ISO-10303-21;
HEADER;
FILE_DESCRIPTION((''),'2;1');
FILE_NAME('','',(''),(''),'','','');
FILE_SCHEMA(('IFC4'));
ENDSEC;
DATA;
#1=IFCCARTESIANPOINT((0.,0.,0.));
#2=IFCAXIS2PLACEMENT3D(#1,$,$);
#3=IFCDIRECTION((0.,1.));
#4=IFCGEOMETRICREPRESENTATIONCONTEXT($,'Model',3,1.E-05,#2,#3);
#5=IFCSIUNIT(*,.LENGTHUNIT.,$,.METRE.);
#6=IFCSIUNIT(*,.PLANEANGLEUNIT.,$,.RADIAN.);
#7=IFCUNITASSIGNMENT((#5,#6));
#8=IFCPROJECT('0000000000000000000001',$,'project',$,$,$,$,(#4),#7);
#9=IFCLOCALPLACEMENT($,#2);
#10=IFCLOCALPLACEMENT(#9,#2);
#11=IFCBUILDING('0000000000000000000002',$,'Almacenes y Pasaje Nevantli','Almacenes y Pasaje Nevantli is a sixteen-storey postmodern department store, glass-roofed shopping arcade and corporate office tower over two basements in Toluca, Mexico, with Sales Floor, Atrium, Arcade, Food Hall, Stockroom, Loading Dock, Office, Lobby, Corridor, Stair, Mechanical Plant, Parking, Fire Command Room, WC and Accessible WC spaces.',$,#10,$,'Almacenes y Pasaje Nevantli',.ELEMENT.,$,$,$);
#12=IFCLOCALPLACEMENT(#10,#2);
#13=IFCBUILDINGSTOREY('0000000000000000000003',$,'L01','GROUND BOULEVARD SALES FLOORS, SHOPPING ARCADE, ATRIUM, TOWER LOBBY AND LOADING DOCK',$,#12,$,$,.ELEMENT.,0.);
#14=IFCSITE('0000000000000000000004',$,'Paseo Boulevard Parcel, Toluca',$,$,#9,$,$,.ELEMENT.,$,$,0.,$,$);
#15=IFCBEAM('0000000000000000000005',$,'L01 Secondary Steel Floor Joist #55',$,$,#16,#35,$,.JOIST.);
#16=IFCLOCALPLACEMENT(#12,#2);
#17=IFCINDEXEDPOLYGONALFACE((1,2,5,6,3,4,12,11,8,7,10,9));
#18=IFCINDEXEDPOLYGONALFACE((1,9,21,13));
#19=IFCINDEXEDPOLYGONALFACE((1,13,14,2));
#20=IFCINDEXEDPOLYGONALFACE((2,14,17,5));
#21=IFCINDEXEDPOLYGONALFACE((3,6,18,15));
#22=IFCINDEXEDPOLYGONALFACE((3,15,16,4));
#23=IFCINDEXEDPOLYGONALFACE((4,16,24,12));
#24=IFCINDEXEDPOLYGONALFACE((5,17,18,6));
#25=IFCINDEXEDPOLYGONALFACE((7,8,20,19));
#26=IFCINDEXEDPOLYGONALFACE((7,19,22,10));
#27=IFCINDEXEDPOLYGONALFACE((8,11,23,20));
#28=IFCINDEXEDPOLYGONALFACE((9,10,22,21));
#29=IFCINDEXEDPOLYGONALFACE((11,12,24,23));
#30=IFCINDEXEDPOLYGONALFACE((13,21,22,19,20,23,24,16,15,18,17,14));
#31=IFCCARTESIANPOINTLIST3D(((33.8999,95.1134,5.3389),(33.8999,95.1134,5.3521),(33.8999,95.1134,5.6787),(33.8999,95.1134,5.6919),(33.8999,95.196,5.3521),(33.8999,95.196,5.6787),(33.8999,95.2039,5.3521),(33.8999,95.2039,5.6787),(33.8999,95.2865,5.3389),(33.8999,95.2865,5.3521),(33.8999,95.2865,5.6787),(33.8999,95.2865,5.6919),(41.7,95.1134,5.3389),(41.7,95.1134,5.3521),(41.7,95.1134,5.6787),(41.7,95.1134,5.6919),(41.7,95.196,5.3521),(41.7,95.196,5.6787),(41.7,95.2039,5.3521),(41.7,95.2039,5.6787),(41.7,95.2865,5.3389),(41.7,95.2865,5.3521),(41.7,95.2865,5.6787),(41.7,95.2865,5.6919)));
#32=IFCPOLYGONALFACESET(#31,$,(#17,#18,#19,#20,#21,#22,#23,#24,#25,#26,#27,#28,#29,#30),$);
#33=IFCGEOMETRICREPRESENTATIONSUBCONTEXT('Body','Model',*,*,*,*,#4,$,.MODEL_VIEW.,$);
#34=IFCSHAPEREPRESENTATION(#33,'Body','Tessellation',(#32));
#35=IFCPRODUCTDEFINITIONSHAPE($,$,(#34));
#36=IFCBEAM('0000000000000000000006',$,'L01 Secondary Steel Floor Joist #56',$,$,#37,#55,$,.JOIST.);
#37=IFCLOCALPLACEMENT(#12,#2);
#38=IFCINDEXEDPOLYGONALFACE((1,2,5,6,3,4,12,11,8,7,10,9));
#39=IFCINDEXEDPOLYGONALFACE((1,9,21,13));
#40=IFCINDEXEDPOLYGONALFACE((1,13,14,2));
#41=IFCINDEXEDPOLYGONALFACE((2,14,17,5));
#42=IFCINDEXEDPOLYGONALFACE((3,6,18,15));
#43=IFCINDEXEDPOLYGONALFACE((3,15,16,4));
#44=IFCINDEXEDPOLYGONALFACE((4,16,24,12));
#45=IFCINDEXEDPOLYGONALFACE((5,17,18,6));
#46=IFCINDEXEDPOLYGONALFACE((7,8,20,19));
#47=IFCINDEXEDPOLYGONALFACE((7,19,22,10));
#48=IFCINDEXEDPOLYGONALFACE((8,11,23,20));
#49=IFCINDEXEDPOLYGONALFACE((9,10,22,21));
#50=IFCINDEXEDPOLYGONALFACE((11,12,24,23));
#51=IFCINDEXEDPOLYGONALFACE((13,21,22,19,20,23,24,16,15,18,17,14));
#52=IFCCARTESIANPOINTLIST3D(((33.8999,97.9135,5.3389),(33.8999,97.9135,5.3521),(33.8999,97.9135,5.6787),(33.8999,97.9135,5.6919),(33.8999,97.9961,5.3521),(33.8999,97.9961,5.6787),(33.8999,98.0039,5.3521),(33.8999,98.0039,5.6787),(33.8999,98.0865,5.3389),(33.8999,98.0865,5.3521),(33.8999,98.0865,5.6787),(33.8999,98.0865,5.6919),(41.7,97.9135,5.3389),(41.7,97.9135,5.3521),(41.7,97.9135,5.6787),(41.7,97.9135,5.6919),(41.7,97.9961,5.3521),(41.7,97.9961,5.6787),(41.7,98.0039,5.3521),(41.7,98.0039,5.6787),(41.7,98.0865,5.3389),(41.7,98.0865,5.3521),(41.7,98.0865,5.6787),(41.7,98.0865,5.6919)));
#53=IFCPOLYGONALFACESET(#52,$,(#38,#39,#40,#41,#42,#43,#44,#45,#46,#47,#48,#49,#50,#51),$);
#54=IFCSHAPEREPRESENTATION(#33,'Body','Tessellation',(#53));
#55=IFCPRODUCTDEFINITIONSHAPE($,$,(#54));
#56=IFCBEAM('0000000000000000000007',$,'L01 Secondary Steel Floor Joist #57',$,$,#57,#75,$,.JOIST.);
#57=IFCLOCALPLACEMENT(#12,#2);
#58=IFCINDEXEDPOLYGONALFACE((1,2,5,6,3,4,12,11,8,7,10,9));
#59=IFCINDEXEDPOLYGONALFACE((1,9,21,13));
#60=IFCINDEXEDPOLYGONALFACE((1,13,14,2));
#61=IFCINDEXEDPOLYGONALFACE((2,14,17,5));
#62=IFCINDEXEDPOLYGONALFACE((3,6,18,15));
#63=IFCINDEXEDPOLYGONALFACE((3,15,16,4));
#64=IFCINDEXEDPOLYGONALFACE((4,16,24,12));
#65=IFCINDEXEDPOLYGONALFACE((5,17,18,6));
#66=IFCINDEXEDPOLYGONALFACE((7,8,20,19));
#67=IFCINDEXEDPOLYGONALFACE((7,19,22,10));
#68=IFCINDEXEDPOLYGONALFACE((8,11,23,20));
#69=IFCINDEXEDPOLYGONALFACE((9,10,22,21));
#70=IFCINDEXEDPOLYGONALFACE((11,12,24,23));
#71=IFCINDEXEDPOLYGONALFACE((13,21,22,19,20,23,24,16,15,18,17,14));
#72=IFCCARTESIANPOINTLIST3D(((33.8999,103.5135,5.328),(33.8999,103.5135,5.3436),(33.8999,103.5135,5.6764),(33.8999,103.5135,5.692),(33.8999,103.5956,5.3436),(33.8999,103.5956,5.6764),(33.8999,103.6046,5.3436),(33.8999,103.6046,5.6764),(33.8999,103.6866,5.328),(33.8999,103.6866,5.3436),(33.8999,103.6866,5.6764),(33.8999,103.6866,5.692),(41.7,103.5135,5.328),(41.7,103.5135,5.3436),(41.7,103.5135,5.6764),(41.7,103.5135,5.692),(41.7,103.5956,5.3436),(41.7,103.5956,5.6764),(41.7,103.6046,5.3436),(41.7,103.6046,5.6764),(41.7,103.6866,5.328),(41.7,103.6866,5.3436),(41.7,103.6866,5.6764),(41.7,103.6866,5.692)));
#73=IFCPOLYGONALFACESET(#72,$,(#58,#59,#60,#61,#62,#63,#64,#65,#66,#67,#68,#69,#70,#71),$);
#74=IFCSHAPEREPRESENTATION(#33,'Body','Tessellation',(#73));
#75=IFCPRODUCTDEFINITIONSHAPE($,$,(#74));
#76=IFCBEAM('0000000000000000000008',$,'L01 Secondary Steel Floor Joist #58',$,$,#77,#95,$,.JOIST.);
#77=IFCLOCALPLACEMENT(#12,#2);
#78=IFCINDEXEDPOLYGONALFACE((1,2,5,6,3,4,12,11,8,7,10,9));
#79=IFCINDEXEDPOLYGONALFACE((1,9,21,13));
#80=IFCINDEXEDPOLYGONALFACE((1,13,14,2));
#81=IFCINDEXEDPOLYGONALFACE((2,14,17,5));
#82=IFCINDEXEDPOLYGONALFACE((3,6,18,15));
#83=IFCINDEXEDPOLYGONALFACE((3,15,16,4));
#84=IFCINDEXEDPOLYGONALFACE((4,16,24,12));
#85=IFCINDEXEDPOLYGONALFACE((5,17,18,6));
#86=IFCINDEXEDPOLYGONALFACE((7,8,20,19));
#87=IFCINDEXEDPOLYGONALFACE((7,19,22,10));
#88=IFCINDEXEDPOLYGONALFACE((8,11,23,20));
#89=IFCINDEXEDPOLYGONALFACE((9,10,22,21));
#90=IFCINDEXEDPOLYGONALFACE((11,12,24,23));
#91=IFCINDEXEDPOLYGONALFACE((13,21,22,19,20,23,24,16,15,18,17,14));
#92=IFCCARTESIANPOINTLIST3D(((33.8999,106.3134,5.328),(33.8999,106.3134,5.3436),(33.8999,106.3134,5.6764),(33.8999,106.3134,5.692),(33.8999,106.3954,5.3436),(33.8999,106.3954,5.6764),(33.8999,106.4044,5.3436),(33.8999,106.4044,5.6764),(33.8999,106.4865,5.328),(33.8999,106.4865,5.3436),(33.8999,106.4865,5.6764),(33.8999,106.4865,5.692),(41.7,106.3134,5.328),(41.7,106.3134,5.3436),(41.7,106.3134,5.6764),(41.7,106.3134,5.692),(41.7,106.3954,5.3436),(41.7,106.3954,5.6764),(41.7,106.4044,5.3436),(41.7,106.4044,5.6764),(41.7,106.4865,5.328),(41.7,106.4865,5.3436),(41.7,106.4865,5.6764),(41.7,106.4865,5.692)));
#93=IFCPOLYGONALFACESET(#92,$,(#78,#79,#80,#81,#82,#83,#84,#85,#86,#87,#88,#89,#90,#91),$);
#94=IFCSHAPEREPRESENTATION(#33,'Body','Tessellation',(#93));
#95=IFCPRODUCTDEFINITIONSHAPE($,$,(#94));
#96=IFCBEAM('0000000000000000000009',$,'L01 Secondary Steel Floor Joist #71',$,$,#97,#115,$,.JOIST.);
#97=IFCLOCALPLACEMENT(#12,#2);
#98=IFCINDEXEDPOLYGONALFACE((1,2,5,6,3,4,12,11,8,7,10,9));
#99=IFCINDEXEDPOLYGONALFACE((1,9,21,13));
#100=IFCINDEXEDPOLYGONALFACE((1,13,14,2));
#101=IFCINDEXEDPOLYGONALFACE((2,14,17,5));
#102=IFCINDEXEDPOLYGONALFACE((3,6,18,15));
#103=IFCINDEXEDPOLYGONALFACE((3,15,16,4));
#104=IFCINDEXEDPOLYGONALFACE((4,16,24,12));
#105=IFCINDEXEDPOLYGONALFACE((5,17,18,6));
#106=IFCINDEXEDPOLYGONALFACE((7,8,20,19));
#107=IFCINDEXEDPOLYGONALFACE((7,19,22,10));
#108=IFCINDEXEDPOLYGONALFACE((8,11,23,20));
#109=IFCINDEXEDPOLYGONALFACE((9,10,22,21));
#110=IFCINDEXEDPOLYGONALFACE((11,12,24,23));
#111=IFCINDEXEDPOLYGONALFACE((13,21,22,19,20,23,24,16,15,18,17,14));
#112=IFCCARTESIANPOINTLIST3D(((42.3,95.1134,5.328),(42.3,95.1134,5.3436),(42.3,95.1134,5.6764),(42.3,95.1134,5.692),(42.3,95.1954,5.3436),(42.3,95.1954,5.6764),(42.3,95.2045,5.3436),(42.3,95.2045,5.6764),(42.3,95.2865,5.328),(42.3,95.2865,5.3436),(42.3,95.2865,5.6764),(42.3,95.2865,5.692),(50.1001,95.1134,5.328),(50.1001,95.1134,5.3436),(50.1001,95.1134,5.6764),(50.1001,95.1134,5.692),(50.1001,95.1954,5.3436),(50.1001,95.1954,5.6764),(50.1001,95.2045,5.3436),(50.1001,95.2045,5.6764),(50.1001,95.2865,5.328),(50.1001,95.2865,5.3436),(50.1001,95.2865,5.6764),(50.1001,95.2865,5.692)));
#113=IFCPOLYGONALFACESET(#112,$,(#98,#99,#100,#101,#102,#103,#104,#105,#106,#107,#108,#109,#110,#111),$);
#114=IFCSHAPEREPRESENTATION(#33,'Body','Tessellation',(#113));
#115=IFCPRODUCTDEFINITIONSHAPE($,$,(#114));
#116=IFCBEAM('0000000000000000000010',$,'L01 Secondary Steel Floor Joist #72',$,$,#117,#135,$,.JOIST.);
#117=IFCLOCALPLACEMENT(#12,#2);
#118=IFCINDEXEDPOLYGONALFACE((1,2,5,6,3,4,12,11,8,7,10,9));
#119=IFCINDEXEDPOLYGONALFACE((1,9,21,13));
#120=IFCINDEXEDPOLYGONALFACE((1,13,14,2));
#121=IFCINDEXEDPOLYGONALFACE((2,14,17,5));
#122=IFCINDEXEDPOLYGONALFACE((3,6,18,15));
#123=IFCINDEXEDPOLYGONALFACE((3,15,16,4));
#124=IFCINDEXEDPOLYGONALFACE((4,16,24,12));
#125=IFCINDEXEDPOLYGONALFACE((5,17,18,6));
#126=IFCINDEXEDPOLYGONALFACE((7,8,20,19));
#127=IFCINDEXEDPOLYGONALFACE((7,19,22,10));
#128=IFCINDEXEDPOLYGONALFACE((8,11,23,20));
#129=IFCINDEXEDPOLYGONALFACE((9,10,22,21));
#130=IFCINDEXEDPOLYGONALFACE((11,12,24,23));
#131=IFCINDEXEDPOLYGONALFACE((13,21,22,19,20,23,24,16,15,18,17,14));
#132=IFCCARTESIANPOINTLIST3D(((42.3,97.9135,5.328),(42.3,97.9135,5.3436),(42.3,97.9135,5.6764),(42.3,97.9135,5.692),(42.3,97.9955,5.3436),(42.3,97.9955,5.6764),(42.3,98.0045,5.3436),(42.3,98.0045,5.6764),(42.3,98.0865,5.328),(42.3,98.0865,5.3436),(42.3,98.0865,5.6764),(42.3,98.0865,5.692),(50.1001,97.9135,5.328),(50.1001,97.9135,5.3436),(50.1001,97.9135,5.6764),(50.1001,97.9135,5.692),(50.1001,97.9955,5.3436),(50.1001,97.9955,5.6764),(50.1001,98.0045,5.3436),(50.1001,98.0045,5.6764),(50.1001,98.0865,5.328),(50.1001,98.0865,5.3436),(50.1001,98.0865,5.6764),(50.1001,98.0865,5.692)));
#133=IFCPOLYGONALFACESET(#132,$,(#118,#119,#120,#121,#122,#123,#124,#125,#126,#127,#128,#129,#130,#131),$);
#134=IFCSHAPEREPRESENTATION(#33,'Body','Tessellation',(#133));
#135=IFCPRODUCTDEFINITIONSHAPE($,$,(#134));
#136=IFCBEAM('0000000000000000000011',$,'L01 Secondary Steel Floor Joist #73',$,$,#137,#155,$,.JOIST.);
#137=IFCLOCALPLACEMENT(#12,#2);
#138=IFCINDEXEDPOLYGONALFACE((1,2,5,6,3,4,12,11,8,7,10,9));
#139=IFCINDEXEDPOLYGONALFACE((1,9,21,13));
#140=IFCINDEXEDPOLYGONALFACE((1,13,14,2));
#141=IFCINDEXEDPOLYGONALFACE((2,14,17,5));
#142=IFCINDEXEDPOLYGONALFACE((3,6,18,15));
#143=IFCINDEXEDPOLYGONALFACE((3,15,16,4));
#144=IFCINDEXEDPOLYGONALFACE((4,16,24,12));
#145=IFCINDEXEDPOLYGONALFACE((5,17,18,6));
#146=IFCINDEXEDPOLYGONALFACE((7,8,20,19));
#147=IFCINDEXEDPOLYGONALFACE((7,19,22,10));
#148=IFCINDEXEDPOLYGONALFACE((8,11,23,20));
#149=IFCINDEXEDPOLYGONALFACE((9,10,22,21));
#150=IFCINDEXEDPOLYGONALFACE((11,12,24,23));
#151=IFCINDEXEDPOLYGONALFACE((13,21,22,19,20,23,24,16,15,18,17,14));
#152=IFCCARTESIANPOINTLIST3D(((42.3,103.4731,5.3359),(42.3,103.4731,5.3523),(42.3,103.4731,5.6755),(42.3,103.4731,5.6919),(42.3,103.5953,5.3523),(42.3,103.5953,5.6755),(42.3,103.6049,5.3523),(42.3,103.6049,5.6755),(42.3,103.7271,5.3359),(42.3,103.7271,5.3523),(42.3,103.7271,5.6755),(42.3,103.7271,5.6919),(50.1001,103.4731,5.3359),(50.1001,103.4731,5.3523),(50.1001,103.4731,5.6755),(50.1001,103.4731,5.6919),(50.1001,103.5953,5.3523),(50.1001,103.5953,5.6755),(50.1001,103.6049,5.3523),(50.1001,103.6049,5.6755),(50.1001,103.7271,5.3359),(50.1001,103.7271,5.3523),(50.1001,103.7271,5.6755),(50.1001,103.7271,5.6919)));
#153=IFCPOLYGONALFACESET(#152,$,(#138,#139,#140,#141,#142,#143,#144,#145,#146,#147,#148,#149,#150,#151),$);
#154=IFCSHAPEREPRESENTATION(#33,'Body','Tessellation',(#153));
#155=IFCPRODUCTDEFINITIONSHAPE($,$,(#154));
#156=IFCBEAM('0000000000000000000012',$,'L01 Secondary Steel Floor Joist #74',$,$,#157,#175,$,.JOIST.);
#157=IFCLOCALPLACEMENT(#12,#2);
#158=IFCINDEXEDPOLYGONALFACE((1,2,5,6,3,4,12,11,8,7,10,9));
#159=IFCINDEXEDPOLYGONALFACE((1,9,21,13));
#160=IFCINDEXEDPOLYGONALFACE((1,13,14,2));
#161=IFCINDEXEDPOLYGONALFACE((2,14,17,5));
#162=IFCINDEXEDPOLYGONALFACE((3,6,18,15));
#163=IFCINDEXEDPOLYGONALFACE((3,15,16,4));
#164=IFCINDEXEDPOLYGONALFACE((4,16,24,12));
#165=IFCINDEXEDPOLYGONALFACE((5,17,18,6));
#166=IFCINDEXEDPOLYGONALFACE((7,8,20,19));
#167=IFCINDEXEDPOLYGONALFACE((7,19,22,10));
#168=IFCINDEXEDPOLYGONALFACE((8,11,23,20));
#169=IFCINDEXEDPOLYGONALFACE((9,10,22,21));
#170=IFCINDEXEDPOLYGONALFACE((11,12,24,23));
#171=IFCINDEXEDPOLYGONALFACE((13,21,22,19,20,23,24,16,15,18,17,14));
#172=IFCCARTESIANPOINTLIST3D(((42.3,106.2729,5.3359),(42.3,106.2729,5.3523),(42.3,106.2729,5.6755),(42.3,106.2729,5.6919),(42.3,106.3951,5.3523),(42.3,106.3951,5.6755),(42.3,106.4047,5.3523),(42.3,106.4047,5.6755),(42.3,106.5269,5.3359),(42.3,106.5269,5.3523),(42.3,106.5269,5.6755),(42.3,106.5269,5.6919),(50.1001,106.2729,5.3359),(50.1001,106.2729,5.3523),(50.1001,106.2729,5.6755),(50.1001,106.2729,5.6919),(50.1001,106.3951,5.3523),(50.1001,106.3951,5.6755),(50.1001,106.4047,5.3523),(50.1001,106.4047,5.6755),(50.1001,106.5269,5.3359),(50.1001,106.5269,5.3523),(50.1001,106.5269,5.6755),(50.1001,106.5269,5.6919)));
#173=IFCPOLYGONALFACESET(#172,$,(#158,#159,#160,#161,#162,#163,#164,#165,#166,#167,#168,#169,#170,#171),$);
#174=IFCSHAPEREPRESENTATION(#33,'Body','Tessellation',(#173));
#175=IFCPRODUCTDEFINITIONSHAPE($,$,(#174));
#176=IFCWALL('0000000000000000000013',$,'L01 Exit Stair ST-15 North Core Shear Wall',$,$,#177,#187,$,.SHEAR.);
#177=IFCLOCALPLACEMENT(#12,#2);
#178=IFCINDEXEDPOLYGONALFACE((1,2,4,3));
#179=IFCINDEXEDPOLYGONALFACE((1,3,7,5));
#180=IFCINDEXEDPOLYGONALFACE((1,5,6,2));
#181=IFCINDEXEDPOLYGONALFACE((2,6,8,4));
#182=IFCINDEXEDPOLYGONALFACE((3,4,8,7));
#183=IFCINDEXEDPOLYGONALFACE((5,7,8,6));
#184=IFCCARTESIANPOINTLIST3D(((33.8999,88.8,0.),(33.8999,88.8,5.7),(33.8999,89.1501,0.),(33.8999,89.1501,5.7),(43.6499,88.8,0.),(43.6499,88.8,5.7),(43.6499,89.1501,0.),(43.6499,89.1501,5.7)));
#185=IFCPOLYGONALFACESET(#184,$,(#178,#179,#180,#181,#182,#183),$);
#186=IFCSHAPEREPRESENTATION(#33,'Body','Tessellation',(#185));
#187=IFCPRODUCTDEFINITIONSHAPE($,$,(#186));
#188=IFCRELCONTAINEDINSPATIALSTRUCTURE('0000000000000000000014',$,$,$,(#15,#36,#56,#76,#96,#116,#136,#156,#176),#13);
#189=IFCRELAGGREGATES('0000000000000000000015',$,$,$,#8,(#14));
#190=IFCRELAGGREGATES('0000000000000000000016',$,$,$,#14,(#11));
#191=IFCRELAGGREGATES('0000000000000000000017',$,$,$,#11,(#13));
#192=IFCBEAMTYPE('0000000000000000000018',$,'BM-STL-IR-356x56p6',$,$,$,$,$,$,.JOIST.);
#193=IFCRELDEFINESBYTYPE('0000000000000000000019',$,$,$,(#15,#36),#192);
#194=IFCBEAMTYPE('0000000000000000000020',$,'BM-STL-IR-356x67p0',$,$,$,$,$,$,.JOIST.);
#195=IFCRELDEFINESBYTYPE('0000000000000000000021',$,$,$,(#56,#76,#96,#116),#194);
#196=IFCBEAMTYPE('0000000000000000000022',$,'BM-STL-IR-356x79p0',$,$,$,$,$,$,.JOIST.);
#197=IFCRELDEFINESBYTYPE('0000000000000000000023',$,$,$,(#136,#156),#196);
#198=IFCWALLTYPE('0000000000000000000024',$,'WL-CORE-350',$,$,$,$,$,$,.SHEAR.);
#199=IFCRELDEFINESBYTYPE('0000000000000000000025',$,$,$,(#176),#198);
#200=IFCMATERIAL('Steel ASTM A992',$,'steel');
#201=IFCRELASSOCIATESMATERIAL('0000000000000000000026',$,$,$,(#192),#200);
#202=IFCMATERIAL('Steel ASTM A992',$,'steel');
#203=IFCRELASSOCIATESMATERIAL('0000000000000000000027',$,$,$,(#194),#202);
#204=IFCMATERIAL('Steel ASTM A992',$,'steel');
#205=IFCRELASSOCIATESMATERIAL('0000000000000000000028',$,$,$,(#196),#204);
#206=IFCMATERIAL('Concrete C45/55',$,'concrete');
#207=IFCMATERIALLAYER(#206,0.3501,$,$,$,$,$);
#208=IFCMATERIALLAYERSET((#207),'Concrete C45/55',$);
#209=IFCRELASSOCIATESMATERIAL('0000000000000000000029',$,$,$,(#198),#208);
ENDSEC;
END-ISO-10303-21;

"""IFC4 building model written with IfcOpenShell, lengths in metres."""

from ifc_helpers import new_model, si_unit, direction, frame, frame_2d, origin, origin_2d, place, context, subcontext, project, spatial, rectangle, i_section, extrude, material, layer, layer_set, material_profile, profile_set, type_object, element, save


model = new_model("IFC4")

# Units and contexts
model_context = context("Model", 3, precision=1e-05, world=origin(), true_north=direction((0.0, 1.0)))
body_context = subcontext(model_context, "Body", "Model", "MODEL_VIEW")
ifc_project = project(units=[si_unit("LENGTHUNIT", "METRE"), si_unit("PLANEANGLEUNIT", "RADIAN")], contexts=[model_context])

# Site, building, storey
site_placement = place(None, origin())
site = spatial("IfcSite", under=ifc_project, at=site_placement, Name="Paseo Boulevard Parcel, Toluca", CompositionType="ELEMENT", RefElevation=0.0)
building_placement = place(site_placement, origin())
building = spatial("IfcBuilding", under=site, at=building_placement, Name="Almacenes y Pasaje Nevantli", Description="Almacenes y Pasaje Nevantli is a sixteen-storey postmodern department store, glass-roofed shopping arcade and corporate office tower over two basements in Toluca, Mexico, with Sales Floor, Atrium, Arcade, Food Hall, Stockroom, Loading Dock, Office, Lobby, Corridor, Stair, Mechanical Plant, Parking, Fire Command Room, WC and Accessible WC spaces.", LongName="Almacenes y Pasaje Nevantli", CompositionType="ELEMENT")
storey_placement = place(building_placement, origin())
storey = spatial("IfcBuildingStorey", under=building, at=storey_placement, Name="L01", Description="GROUND BOULEVARD SALES FLOORS, SHOPPING ARCADE, ATRIUM, TOWER LOBBY AND LOADING DOCK", CompositionType="ELEMENT", Elevation=0.0)

# Beams
ifc_material_1 = material(Name="Steel ASTM A992", Category="steel")
ifc_material_profile_1 = material_profile(ifc_material_1, i_section(OverallWidth=0.1731, OverallDepth=0.353, WebThickness=0.0078, FlangeThickness=0.0132, at=origin_2d()), Name="IR 356x56.6")
ifc_profile_set_1 = profile_set([ifc_material_profile_1], Name="Steel ASTM A992")
beam_type_1 = type_object("IfcBeamType", Name="BM-STL-IR-356x56p6", PredefinedType="JOIST", material=ifc_profile_set_1)
for number, where, z_axis, x_axis, name in (
    (1, (33.8999, 95.2, 5.5154), (1.0, 0.0, 0.0), (0.0, 1.0, 0.0), "L01 Secondary Steel Floor Joist #55"),
    (2, (33.8999, 98.0, 5.5154), (1.0, 0.0, 0.0), (0.0, 1.0, 0.0), "L01 Secondary Steel Floor Joist #56"),
):
    element("IfcBeam", number, at=place(storey_placement, frame(where, z_axis=z_axis, x_axis=x_axis)), inside=storey, type_object=beam_type_1, Name=name, PredefinedType="JOIST", context=body_context, shape_type="SweptSolid", body=[
        extrude(i_section(OverallWidth=0.1731, OverallDepth=0.353, WebThickness=0.0078, FlangeThickness=0.0132, at=origin_2d()), origin(), (0.0, 0.0, 1.0), 7.8),
    ])
ifc_material_2 = material(Name="Steel ASTM A992", Category="steel")
ifc_material_profile_2 = material_profile(ifc_material_2, i_section(OverallWidth=0.1731, OverallDepth=0.364, WebThickness=0.009, FlangeThickness=0.0156, at=origin_2d()), Name="IR 356x67.0")
ifc_profile_set_2 = profile_set([ifc_material_profile_2], Name="Steel ASTM A992")
beam_type_2 = type_object("IfcBeamType", Name="BM-STL-IR-356x67p0", PredefinedType="JOIST", material=ifc_profile_set_2)
for number, where, z_axis, x_axis, name in (
    (3, (33.8999, 103.6001, 5.51), (1.0, 0.0, 0.0), (0.0, 1.0, 0.0), "L01 Secondary Steel Floor Joist #57"),
    (4, (33.8999, 106.3999, 5.51), (1.0, 0.0, 0.0), (0.0, 1.0, 0.0), "L01 Secondary Steel Floor Joist #58"),
    (5, (42.3, 95.2, 5.51), (1.0, 0.0, 0.0), (0.0, 1.0, 0.0), "L01 Secondary Steel Floor Joist #71"),
    (6, (42.3, 98.0, 5.51), (1.0, 0.0, 0.0), (0.0, 1.0, 0.0), "L01 Secondary Steel Floor Joist #72"),
):
    element("IfcBeam", number, at=place(storey_placement, frame(where, z_axis=z_axis, x_axis=x_axis)), inside=storey, type_object=beam_type_2, Name=name, PredefinedType="JOIST", context=body_context, shape_type="SweptSolid", body=[
        extrude(i_section(OverallWidth=0.1731, OverallDepth=0.364, WebThickness=0.009, FlangeThickness=0.0156, at=origin_2d()), origin(), (0.0, 0.0, 1.0), 7.8),
    ])
ifc_material_3 = material(Name="Steel ASTM A992", Category="steel")
ifc_material_profile_3 = material_profile(ifc_material_3, i_section(OverallWidth=0.2539, OverallDepth=0.356, WebThickness=0.0095, FlangeThickness=0.0164, at=origin_2d()), Name="IR 356x79.0")
ifc_profile_set_3 = profile_set([ifc_material_profile_3], Name="Steel ASTM A992")
beam_type_3 = type_object("IfcBeamType", Name="BM-STL-IR-356x79p0", PredefinedType="JOIST", material=ifc_profile_set_3)
for number, where, z_axis, x_axis, name in (
    (7, (42.3, 103.6001, 5.5139), (1.0, 0.0, 0.0), (0.0, 1.0, 0.0), "L01 Secondary Steel Floor Joist #73"),
    (8, (42.3, 106.3999, 5.5139), (1.0, 0.0, 0.0), (0.0, 1.0, 0.0), "L01 Secondary Steel Floor Joist #74"),
):
    element("IfcBeam", number, at=place(storey_placement, frame(where, z_axis=z_axis, x_axis=x_axis)), inside=storey, type_object=beam_type_3, Name=name, PredefinedType="JOIST", context=body_context, shape_type="SweptSolid", body=[
        extrude(i_section(OverallWidth=0.2539, OverallDepth=0.356, WebThickness=0.0095, FlangeThickness=0.0164, at=origin_2d()), origin(), (0.0, 0.0, 1.0), 7.8),
    ])

# Wall
ifc_material_4 = material(Name="Concrete C45/55", Category="concrete")
ifc_layer_1 = layer(ifc_material_4, 0.3501)
ifc_layer_set_1 = layer_set([ifc_layer_1], Name="Concrete C45/55")
wall_type = type_object("IfcWallType", Name="WL-CORE-350", PredefinedType="SHEAR", material=ifc_layer_set_1)
wall_placement = place(storey_placement, frame((33.8999, 88.9751, 0.0), z_axis=(0.0, 0.0, 1.0), x_axis=(1.0, 0.0, 0.0)))
element("IfcWall", 9, at=wall_placement, inside=storey, type_object=wall_type, Name="L01 Exit Stair ST-15 North Core Shear Wall", PredefinedType="SHEAR", context=body_context, shape_type="SweptSolid", body=[
    extrude(rectangle(XDim=9.75, YDim=0.3501, at=frame_2d((4.875, 0.0))), origin(), (0.0, 0.0, 1.0), 5.7),
])

save(model, "model.ifc")
